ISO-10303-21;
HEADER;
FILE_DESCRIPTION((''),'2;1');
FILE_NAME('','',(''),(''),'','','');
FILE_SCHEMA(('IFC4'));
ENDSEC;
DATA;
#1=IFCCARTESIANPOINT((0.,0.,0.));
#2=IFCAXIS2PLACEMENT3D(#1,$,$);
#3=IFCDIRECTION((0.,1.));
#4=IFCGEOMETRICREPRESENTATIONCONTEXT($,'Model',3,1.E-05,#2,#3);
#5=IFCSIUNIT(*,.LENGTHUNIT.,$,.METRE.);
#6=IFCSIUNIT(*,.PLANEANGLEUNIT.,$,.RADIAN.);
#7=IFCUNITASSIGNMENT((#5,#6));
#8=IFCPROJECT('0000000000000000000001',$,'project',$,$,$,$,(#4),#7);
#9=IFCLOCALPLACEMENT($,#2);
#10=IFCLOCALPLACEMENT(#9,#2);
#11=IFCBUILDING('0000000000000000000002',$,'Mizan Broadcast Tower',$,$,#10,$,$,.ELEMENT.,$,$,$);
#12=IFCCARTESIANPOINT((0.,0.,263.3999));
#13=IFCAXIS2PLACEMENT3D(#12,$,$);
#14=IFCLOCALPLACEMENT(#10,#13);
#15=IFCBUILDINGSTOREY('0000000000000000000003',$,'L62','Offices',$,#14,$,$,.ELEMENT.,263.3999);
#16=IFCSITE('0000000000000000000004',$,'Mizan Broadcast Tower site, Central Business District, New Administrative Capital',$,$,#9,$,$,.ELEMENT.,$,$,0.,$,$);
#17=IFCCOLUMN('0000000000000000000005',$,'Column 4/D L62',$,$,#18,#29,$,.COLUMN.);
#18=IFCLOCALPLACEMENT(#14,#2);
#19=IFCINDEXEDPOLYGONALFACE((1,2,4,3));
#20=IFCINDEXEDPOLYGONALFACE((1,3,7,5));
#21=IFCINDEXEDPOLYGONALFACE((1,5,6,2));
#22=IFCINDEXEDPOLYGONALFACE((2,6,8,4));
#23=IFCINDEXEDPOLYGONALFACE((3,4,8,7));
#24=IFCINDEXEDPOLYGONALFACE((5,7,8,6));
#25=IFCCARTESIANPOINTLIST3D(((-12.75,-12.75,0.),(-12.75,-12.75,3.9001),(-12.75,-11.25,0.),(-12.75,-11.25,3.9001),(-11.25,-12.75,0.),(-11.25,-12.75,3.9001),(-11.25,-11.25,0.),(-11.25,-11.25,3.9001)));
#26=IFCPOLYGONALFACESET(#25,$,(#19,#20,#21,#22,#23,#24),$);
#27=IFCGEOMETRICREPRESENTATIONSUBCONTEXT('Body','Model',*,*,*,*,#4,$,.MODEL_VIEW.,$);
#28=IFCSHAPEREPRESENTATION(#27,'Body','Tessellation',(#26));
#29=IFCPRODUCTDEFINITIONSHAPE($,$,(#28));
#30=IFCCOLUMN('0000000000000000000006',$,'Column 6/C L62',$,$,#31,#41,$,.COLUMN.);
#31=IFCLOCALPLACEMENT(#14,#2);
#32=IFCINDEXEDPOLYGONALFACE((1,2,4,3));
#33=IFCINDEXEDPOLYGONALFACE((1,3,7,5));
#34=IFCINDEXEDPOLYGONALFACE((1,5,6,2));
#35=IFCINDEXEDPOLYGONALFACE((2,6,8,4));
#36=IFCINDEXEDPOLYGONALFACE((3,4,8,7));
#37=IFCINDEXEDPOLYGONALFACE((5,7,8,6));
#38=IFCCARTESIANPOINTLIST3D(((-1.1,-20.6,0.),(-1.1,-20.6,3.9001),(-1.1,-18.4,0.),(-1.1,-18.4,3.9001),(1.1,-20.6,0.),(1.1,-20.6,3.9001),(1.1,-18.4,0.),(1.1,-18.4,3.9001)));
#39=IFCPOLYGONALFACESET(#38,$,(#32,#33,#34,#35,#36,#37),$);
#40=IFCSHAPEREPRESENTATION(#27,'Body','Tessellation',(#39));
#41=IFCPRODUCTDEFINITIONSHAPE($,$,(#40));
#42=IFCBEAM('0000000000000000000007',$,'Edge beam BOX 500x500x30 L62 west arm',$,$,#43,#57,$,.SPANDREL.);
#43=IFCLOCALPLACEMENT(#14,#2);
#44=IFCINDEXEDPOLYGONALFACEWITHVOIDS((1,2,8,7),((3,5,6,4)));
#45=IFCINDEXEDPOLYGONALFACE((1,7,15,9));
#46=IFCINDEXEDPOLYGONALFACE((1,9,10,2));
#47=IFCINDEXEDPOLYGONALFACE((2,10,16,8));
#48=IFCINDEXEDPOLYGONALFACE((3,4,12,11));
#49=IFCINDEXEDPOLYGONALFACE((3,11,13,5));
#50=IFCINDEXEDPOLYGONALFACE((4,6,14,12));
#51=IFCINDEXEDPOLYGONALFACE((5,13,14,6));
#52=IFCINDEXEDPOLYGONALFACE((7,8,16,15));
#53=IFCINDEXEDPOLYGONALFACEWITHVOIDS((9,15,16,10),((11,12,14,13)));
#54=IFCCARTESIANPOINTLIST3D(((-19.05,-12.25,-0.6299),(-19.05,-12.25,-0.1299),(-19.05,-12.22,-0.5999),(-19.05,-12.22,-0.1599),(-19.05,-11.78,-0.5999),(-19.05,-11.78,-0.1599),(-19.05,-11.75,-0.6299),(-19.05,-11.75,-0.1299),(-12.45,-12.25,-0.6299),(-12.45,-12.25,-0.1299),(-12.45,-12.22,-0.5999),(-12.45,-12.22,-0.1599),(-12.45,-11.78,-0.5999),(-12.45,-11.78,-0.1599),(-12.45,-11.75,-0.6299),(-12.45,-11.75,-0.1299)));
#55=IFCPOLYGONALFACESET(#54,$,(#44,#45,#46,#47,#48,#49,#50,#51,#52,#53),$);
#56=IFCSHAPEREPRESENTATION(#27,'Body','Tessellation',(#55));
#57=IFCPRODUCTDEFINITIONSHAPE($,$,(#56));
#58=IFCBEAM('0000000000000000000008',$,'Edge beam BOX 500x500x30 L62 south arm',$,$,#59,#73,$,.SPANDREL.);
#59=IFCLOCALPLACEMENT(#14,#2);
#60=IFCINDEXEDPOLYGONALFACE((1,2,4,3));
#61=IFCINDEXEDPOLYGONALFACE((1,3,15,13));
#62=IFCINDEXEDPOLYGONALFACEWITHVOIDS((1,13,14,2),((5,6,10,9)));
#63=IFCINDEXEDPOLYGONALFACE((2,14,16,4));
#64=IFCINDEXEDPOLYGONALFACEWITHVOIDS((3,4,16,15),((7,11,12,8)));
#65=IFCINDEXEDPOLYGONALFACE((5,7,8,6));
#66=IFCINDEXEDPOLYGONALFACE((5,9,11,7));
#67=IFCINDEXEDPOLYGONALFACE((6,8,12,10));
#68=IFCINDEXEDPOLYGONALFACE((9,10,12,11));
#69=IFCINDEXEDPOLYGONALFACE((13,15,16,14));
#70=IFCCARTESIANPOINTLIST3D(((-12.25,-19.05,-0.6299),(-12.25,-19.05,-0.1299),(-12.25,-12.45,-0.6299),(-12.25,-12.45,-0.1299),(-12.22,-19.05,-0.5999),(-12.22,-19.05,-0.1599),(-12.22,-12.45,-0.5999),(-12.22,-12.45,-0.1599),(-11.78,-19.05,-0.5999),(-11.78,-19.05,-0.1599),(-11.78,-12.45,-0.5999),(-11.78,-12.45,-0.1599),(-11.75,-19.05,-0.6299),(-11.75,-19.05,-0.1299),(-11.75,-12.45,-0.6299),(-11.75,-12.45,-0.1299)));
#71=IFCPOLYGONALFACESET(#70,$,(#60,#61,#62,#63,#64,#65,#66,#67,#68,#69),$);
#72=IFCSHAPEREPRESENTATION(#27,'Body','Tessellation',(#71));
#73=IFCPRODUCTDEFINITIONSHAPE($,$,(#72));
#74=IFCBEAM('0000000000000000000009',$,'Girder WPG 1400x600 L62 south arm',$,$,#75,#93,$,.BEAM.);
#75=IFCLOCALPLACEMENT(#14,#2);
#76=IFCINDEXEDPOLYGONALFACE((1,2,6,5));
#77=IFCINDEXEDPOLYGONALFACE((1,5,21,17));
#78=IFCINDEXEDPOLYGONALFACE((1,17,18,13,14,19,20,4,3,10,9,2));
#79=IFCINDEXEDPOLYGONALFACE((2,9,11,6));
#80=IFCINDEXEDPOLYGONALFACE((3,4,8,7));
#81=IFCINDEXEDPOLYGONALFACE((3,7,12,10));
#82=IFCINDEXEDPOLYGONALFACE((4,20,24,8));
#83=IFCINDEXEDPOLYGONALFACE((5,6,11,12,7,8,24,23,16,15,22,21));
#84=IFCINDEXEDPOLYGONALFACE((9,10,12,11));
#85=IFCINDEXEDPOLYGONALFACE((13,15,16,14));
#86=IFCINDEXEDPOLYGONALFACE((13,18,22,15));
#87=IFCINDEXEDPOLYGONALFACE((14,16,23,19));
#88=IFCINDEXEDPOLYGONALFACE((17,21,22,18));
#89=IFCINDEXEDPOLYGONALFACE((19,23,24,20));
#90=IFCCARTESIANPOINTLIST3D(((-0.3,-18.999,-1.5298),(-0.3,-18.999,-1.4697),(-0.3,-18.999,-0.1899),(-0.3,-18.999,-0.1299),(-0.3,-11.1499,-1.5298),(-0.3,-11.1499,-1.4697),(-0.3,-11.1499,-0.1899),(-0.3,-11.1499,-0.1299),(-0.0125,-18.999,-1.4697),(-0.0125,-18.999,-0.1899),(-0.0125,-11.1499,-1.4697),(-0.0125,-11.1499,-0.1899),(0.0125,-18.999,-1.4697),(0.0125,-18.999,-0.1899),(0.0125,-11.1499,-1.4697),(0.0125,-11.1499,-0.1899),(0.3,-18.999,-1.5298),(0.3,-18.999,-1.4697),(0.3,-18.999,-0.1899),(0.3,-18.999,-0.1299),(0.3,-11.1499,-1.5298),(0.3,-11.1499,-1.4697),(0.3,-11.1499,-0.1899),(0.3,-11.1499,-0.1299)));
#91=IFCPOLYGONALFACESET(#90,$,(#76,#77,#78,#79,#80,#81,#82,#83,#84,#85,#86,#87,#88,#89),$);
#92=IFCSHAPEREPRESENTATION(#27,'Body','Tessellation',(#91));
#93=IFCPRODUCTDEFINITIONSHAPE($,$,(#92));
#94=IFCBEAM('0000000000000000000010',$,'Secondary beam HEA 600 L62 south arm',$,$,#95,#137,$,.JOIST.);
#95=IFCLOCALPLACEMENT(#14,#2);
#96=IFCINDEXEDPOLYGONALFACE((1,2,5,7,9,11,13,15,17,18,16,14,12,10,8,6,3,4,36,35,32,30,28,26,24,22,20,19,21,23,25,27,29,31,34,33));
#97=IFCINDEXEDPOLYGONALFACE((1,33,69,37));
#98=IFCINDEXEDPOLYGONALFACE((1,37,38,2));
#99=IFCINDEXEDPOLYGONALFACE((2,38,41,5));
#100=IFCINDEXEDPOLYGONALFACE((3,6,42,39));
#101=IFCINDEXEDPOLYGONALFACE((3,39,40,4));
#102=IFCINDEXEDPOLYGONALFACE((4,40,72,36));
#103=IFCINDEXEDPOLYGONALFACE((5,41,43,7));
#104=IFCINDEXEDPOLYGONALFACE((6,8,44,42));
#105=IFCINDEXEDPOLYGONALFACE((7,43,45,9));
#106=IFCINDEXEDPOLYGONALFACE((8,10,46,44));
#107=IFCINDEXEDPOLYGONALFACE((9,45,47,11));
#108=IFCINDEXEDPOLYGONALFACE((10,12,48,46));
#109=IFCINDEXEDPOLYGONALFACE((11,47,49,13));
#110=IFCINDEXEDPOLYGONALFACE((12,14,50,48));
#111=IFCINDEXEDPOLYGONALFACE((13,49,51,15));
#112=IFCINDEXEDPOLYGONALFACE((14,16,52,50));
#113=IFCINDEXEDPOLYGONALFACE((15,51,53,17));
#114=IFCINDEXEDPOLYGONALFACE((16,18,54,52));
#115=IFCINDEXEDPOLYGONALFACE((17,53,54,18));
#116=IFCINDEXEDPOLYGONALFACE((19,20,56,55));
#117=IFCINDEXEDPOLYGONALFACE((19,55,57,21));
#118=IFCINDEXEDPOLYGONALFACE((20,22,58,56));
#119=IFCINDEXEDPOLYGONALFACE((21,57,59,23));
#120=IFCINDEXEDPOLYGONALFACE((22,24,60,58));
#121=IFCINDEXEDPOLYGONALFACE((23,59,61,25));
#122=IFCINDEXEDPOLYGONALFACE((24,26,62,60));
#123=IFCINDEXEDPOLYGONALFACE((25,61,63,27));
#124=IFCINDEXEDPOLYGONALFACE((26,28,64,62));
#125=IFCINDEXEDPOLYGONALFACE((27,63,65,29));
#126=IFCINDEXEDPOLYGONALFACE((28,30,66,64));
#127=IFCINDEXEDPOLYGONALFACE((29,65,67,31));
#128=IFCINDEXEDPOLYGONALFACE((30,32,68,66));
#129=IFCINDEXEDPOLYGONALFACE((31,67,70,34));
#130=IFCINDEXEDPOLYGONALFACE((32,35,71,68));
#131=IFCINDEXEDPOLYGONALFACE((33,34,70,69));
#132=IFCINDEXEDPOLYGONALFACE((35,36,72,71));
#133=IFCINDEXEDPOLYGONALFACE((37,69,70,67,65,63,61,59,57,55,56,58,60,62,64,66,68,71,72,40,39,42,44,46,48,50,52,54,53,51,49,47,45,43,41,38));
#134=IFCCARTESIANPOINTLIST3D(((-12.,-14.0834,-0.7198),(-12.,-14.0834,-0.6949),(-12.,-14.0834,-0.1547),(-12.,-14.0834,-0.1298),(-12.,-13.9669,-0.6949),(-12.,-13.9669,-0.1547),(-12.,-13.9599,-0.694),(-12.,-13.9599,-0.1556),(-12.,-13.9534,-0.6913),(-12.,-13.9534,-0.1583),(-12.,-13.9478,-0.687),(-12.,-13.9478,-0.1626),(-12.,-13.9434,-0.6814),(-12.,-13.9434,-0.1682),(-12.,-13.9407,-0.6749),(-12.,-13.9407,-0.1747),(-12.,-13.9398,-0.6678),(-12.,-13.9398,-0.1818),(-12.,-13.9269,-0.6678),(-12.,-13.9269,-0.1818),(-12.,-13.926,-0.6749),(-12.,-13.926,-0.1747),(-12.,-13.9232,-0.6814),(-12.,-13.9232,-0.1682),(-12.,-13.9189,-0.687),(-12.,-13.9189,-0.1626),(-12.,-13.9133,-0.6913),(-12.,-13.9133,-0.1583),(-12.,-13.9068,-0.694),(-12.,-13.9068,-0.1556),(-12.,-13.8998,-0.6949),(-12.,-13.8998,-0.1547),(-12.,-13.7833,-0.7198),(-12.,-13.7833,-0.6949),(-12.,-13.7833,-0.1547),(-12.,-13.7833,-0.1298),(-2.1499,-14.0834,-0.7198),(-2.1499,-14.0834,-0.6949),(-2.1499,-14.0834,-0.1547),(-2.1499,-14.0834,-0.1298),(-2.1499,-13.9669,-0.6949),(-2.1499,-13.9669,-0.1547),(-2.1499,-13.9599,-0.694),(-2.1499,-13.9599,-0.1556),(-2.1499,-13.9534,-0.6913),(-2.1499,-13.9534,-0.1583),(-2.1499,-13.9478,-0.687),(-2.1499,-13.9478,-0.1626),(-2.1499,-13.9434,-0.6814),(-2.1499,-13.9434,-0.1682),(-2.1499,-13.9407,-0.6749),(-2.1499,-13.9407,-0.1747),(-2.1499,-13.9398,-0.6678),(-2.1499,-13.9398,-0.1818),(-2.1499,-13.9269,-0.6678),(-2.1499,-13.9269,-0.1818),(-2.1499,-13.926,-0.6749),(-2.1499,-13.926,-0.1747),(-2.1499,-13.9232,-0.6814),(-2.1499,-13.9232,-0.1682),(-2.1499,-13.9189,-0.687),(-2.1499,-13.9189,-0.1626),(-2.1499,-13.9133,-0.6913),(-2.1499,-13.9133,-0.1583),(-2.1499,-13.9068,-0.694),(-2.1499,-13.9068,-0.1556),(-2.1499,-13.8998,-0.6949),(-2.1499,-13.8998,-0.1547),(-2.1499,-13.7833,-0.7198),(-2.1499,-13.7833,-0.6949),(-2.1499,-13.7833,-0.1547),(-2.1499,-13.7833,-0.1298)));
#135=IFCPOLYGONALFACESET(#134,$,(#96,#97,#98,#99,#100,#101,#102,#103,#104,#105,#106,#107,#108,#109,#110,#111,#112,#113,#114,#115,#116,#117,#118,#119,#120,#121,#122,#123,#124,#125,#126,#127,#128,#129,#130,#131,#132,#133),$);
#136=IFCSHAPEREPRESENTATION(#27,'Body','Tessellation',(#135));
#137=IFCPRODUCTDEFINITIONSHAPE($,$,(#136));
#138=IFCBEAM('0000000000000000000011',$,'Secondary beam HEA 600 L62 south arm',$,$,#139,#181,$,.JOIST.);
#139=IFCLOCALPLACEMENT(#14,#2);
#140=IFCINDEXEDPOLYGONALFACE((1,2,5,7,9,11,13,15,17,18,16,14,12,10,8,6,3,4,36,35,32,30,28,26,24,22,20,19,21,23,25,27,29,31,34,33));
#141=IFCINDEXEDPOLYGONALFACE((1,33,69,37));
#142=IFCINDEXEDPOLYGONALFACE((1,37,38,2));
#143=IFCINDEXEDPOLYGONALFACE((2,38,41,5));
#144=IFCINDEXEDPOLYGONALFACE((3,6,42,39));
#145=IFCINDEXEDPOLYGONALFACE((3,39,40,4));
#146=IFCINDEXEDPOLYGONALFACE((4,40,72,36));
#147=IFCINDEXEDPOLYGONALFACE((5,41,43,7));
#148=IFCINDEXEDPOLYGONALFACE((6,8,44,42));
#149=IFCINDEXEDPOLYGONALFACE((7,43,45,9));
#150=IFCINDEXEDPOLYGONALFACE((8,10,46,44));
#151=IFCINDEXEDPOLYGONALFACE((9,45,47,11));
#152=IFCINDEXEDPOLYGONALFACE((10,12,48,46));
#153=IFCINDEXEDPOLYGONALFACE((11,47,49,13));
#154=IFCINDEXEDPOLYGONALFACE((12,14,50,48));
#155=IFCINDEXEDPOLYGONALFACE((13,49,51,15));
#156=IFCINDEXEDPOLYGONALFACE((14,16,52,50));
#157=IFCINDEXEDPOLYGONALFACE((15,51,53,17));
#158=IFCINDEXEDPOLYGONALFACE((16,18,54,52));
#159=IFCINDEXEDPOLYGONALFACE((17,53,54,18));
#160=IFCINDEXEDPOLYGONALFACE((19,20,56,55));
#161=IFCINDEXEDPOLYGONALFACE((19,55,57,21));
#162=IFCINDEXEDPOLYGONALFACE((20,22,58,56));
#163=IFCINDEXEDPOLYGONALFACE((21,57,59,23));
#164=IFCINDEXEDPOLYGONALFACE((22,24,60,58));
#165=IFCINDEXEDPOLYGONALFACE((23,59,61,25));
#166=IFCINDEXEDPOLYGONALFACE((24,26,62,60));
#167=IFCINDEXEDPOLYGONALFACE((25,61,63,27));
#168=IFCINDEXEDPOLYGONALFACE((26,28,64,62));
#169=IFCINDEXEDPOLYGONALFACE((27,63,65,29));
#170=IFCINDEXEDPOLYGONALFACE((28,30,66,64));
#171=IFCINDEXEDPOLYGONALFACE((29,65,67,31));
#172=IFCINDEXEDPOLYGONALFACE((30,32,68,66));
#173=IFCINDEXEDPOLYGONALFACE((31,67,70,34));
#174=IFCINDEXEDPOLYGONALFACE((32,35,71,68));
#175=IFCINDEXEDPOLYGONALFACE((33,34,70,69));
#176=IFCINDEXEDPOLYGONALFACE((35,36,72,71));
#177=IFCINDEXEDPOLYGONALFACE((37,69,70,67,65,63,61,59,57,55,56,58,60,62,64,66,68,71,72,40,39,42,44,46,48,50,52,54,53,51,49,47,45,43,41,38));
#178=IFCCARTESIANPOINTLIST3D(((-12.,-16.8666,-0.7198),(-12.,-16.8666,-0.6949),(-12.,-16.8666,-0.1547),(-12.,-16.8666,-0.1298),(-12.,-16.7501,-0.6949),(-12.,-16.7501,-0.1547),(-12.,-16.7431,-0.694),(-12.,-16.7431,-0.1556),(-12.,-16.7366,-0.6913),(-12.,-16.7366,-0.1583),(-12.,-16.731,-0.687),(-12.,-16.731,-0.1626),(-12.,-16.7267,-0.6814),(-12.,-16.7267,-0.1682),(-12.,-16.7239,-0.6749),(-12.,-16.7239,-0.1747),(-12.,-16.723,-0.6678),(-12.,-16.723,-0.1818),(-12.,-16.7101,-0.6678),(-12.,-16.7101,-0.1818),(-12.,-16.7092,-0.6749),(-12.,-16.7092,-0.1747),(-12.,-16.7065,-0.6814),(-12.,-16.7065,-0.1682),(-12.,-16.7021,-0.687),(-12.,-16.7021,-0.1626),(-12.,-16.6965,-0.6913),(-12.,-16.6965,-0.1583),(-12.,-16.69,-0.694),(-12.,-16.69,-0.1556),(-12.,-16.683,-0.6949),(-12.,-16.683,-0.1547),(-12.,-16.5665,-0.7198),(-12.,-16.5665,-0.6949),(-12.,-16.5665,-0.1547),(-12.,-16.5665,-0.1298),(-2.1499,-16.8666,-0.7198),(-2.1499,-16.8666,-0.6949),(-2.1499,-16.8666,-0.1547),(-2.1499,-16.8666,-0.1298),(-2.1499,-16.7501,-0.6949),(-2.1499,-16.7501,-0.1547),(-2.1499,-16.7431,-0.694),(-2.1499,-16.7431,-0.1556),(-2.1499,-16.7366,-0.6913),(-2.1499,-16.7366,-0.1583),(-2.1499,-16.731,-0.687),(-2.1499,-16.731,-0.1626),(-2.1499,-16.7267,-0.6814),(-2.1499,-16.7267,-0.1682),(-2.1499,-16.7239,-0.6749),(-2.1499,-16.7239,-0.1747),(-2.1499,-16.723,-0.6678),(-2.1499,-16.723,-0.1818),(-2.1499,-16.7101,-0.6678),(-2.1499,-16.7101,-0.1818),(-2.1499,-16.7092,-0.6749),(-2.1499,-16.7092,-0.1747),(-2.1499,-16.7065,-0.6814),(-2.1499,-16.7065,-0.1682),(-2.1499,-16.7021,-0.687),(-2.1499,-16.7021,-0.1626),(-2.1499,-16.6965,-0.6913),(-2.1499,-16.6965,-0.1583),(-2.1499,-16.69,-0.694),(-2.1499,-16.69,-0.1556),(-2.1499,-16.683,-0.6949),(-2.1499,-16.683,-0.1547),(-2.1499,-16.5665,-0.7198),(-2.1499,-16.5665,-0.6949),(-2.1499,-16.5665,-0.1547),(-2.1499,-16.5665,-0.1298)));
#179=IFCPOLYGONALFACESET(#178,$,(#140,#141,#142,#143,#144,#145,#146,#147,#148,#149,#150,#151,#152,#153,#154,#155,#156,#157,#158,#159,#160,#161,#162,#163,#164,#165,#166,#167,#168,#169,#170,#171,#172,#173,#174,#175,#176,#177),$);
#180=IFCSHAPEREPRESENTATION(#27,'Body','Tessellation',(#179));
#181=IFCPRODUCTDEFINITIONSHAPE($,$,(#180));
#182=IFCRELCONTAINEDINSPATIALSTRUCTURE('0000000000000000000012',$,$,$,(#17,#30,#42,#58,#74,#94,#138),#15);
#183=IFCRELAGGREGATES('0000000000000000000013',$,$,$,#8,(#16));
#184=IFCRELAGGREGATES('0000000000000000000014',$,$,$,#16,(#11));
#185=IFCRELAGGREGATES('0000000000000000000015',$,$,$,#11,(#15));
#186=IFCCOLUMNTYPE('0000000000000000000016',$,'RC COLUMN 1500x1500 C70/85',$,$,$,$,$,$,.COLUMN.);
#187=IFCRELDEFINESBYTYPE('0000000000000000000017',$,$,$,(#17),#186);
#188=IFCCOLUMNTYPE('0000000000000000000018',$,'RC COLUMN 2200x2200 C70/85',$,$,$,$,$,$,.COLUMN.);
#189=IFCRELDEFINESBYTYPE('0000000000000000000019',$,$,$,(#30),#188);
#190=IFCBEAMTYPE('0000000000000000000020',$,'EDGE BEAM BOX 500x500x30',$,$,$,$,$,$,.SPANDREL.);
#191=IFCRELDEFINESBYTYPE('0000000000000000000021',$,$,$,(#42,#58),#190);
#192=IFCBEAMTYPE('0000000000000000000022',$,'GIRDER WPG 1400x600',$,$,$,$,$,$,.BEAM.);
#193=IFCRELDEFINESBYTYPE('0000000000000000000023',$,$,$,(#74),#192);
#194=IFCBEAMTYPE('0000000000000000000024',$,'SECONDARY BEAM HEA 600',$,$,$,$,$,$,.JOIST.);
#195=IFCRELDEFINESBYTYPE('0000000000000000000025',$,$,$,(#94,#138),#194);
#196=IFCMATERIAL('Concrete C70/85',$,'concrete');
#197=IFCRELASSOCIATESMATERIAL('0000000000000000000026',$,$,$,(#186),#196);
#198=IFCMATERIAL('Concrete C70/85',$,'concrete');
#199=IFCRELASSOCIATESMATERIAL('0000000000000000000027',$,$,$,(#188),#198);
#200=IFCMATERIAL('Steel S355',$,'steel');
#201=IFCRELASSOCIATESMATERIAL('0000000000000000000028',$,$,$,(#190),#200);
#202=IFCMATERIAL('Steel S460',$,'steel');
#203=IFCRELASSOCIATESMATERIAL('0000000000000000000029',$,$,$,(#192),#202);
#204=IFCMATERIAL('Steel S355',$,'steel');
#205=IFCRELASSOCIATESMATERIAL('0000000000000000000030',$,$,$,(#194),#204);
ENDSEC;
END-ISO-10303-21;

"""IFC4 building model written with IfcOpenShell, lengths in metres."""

from ifc_helpers import new_model, si_unit, direction, frame, origin, origin_2d, place, context, subcontext, project, spatial, rectangle, hollow_rectangle, i_section, extrude, material, material_profile, profile_set, type_object, element, save


model = new_model("IFC4")

# Units and contexts
model_context = context("Model", 3, precision=1e-05, world=origin(), true_north=direction((0.0, 1.0)))
body_context = subcontext(model_context, "Body", "Model", "MODEL_VIEW")
ifc_project = project(units=[si_unit("LENGTHUNIT", "METRE"), si_unit("PLANEANGLEUNIT", "RADIAN")], contexts=[model_context])

# Site, building, storey
site_placement = place(None, origin())
site = spatial("IfcSite", under=ifc_project, at=site_placement, Name="Mizan Broadcast Tower site, Central Business District, New Administrative Capital", CompositionType="ELEMENT", RefElevation=0.0)
building_placement = place(site_placement, origin())
building = spatial("IfcBuilding", under=site, at=building_placement, Name="Mizan Broadcast Tower", CompositionType="ELEMENT")
storey_placement = place(building_placement, frame((0.0, 0.0, 263.3999)))
storey = spatial("IfcBuildingStorey", under=building, at=storey_placement, Name="L62", Description="Offices", CompositionType="ELEMENT", Elevation=263.3999)

# Columns
ifc_material_1 = material(Name="Concrete C70/85", Category="concrete")
ifc_material_profile_1 = material_profile(ifc_material_1, rectangle(XDim=1.5, YDim=1.5, at=origin_2d()), Name="RC 1500x1500")
ifc_profile_set_1 = profile_set([ifc_material_profile_1], Name="Concrete C70/85")
column_type_1 = type_object("IfcColumnType", Name="RC COLUMN 1500x1500 C70/85", PredefinedType="COLUMN", material=ifc_profile_set_1)
column_1_placement = place(storey_placement, frame((-12.0, -12.0, 0.0), z_axis=(0.0, 0.0, 1.0), x_axis=(1.0, 0.0, 0.0)))
element("IfcColumn", 1, at=column_1_placement, inside=storey, type_object=column_type_1, Name="Column 4/D L62", PredefinedType="COLUMN", context=body_context, shape_type="SweptSolid", body=[
    extrude(rectangle(XDim=1.5, YDim=1.5, at=origin_2d()), origin(), (0.0, 0.0, 1.0), 3.9001),
])
ifc_material_2 = material(Name="Concrete C70/85", Category="concrete")
ifc_material_profile_2 = material_profile(ifc_material_2, rectangle(XDim=2.2, YDim=2.2, at=origin_2d()), Name="RC 2200x2200")
ifc_profile_set_2 = profile_set([ifc_material_profile_2], Name="Concrete C70/85")
column_type_2 = type_object("IfcColumnType", Name="RC COLUMN 2200x2200 C70/85", PredefinedType="COLUMN", material=ifc_profile_set_2)
column_2_placement = place(storey_placement, frame((0.0, -19.5, 0.0), z_axis=(0.0, 0.0, 1.0), x_axis=(1.0, 0.0, 0.0)))
element("IfcColumn", 2, at=column_2_placement, inside=storey, type_object=column_type_2, Name="Column 6/C L62", PredefinedType="COLUMN", context=body_context, shape_type="SweptSolid", body=[
    extrude(rectangle(XDim=2.2, YDim=2.2, at=origin_2d()), origin(), (0.0, 0.0, 1.0), 3.9001),
])

# Beams
ifc_material_3 = material(Name="Steel S355", Category="steel")
ifc_material_profile_3 = material_profile(ifc_material_3, hollow_rectangle(XDim=0.5, YDim=0.5, WallThickness=0.03, at=origin_2d()), Name="BOX 500x500x30")
ifc_profile_set_3 = profile_set([ifc_material_profile_3], Name="Steel S355")
beam_type_1 = type_object("IfcBeamType", Name="EDGE BEAM BOX 500x500x30", PredefinedType="SPANDREL", material=ifc_profile_set_3)
for number, where, z_axis, x_axis, name in (
    (3, (-12.45, -12.0, -0.3799), (-1.0, 0.0, 0.0), (0.0, -1.0, 0.0), "Edge beam BOX 500x500x30 L62 west arm"),
    (4, (-12.0, -12.45, -0.3799), (0.0, -1.0, 0.0), (1.0, 0.0, 0.0), "Edge beam BOX 500x500x30 L62 south arm"),
):
    element("IfcBeam", number, at=place(storey_placement, frame(where, z_axis=z_axis, x_axis=x_axis)), inside=storey, type_object=beam_type_1, Name=name, PredefinedType="SPANDREL", context=body_context, shape_type="SweptSolid", body=[
        extrude(hollow_rectangle(XDim=0.5, YDim=0.5, WallThickness=0.03, at=origin_2d()), origin(), (0.0, 0.0, 1.0), 6.6001),
    ])
ifc_material_4 = material(Name="Steel S460", Category="steel")
ifc_material_profile_4 = material_profile(ifc_material_4, i_section(OverallWidth=0.6001, OverallDepth=1.3999, WebThickness=0.0249, FlangeThickness=0.0601, at=origin_2d()), Name="WPG 1400x600")
ifc_profile_set_4 = profile_set([ifc_material_profile_4], Name="Steel S460")
beam_type_2 = type_object("IfcBeamType", Name="GIRDER WPG 1400x600", PredefinedType="BEAM", material=ifc_profile_set_4)
beam_1_placement = place(storey_placement, frame((0.0, -11.1499, -0.8298), z_axis=(0.0, -1.0, 0.0), x_axis=(1.0, 0.0, 0.0)))
element("IfcBeam", 5, at=beam_1_placement, inside=storey, type_object=beam_type_2, Name="Girder WPG 1400x600 L62 south arm", PredefinedType="BEAM", context=body_context, shape_type="SweptSolid", body=[
    extrude(i_section(OverallWidth=0.6001, OverallDepth=1.3999, WebThickness=0.0249, FlangeThickness=0.0601, at=origin_2d()), origin(), (0.0, 0.0, 1.0), 7.8491),
])
ifc_material_5 = material(Name="Steel S355", Category="steel")
ifc_material_profile_5 = material_profile(ifc_material_5, i_section(OverallWidth=0.3, OverallDepth=0.5901, WebThickness=0.0129, FlangeThickness=0.0249, FilletRadius=0.0271, at=origin_2d()), Name="HEA 600")
ifc_profile_set_5 = profile_set([ifc_material_profile_5], Name="Steel S355")
beam_type_3 = type_object("IfcBeamType", Name="SECONDARY BEAM HEA 600", PredefinedType="JOIST", material=ifc_profile_set_5)
for number, where, z_axis, x_axis, name in (
    (6, (-12.0, -13.9333, -0.4248), (1.0, 0.0, 0.0), (0.0, 1.0, 0.0), "Secondary beam HEA 600 L62 south arm"),
    (7, (-12.0, -16.7166, -0.4248), (1.0, 0.0, 0.0), (0.0, 1.0, 0.0), "Secondary beam HEA 600 L62 south arm"),
):
    element("IfcBeam", number, at=place(storey_placement, frame(where, z_axis=z_axis, x_axis=x_axis)), inside=storey, type_object=beam_type_3, Name=name, PredefinedType="JOIST", context=body_context, shape_type="SweptSolid", body=[
        extrude(i_section(OverallWidth=0.3, OverallDepth=0.5901, WebThickness=0.0129, FlangeThickness=0.0249, FilletRadius=0.0271, at=origin_2d()), origin(), (0.0, 0.0, 1.0), 9.8501),
    ])

save(model, "model.ifc")
